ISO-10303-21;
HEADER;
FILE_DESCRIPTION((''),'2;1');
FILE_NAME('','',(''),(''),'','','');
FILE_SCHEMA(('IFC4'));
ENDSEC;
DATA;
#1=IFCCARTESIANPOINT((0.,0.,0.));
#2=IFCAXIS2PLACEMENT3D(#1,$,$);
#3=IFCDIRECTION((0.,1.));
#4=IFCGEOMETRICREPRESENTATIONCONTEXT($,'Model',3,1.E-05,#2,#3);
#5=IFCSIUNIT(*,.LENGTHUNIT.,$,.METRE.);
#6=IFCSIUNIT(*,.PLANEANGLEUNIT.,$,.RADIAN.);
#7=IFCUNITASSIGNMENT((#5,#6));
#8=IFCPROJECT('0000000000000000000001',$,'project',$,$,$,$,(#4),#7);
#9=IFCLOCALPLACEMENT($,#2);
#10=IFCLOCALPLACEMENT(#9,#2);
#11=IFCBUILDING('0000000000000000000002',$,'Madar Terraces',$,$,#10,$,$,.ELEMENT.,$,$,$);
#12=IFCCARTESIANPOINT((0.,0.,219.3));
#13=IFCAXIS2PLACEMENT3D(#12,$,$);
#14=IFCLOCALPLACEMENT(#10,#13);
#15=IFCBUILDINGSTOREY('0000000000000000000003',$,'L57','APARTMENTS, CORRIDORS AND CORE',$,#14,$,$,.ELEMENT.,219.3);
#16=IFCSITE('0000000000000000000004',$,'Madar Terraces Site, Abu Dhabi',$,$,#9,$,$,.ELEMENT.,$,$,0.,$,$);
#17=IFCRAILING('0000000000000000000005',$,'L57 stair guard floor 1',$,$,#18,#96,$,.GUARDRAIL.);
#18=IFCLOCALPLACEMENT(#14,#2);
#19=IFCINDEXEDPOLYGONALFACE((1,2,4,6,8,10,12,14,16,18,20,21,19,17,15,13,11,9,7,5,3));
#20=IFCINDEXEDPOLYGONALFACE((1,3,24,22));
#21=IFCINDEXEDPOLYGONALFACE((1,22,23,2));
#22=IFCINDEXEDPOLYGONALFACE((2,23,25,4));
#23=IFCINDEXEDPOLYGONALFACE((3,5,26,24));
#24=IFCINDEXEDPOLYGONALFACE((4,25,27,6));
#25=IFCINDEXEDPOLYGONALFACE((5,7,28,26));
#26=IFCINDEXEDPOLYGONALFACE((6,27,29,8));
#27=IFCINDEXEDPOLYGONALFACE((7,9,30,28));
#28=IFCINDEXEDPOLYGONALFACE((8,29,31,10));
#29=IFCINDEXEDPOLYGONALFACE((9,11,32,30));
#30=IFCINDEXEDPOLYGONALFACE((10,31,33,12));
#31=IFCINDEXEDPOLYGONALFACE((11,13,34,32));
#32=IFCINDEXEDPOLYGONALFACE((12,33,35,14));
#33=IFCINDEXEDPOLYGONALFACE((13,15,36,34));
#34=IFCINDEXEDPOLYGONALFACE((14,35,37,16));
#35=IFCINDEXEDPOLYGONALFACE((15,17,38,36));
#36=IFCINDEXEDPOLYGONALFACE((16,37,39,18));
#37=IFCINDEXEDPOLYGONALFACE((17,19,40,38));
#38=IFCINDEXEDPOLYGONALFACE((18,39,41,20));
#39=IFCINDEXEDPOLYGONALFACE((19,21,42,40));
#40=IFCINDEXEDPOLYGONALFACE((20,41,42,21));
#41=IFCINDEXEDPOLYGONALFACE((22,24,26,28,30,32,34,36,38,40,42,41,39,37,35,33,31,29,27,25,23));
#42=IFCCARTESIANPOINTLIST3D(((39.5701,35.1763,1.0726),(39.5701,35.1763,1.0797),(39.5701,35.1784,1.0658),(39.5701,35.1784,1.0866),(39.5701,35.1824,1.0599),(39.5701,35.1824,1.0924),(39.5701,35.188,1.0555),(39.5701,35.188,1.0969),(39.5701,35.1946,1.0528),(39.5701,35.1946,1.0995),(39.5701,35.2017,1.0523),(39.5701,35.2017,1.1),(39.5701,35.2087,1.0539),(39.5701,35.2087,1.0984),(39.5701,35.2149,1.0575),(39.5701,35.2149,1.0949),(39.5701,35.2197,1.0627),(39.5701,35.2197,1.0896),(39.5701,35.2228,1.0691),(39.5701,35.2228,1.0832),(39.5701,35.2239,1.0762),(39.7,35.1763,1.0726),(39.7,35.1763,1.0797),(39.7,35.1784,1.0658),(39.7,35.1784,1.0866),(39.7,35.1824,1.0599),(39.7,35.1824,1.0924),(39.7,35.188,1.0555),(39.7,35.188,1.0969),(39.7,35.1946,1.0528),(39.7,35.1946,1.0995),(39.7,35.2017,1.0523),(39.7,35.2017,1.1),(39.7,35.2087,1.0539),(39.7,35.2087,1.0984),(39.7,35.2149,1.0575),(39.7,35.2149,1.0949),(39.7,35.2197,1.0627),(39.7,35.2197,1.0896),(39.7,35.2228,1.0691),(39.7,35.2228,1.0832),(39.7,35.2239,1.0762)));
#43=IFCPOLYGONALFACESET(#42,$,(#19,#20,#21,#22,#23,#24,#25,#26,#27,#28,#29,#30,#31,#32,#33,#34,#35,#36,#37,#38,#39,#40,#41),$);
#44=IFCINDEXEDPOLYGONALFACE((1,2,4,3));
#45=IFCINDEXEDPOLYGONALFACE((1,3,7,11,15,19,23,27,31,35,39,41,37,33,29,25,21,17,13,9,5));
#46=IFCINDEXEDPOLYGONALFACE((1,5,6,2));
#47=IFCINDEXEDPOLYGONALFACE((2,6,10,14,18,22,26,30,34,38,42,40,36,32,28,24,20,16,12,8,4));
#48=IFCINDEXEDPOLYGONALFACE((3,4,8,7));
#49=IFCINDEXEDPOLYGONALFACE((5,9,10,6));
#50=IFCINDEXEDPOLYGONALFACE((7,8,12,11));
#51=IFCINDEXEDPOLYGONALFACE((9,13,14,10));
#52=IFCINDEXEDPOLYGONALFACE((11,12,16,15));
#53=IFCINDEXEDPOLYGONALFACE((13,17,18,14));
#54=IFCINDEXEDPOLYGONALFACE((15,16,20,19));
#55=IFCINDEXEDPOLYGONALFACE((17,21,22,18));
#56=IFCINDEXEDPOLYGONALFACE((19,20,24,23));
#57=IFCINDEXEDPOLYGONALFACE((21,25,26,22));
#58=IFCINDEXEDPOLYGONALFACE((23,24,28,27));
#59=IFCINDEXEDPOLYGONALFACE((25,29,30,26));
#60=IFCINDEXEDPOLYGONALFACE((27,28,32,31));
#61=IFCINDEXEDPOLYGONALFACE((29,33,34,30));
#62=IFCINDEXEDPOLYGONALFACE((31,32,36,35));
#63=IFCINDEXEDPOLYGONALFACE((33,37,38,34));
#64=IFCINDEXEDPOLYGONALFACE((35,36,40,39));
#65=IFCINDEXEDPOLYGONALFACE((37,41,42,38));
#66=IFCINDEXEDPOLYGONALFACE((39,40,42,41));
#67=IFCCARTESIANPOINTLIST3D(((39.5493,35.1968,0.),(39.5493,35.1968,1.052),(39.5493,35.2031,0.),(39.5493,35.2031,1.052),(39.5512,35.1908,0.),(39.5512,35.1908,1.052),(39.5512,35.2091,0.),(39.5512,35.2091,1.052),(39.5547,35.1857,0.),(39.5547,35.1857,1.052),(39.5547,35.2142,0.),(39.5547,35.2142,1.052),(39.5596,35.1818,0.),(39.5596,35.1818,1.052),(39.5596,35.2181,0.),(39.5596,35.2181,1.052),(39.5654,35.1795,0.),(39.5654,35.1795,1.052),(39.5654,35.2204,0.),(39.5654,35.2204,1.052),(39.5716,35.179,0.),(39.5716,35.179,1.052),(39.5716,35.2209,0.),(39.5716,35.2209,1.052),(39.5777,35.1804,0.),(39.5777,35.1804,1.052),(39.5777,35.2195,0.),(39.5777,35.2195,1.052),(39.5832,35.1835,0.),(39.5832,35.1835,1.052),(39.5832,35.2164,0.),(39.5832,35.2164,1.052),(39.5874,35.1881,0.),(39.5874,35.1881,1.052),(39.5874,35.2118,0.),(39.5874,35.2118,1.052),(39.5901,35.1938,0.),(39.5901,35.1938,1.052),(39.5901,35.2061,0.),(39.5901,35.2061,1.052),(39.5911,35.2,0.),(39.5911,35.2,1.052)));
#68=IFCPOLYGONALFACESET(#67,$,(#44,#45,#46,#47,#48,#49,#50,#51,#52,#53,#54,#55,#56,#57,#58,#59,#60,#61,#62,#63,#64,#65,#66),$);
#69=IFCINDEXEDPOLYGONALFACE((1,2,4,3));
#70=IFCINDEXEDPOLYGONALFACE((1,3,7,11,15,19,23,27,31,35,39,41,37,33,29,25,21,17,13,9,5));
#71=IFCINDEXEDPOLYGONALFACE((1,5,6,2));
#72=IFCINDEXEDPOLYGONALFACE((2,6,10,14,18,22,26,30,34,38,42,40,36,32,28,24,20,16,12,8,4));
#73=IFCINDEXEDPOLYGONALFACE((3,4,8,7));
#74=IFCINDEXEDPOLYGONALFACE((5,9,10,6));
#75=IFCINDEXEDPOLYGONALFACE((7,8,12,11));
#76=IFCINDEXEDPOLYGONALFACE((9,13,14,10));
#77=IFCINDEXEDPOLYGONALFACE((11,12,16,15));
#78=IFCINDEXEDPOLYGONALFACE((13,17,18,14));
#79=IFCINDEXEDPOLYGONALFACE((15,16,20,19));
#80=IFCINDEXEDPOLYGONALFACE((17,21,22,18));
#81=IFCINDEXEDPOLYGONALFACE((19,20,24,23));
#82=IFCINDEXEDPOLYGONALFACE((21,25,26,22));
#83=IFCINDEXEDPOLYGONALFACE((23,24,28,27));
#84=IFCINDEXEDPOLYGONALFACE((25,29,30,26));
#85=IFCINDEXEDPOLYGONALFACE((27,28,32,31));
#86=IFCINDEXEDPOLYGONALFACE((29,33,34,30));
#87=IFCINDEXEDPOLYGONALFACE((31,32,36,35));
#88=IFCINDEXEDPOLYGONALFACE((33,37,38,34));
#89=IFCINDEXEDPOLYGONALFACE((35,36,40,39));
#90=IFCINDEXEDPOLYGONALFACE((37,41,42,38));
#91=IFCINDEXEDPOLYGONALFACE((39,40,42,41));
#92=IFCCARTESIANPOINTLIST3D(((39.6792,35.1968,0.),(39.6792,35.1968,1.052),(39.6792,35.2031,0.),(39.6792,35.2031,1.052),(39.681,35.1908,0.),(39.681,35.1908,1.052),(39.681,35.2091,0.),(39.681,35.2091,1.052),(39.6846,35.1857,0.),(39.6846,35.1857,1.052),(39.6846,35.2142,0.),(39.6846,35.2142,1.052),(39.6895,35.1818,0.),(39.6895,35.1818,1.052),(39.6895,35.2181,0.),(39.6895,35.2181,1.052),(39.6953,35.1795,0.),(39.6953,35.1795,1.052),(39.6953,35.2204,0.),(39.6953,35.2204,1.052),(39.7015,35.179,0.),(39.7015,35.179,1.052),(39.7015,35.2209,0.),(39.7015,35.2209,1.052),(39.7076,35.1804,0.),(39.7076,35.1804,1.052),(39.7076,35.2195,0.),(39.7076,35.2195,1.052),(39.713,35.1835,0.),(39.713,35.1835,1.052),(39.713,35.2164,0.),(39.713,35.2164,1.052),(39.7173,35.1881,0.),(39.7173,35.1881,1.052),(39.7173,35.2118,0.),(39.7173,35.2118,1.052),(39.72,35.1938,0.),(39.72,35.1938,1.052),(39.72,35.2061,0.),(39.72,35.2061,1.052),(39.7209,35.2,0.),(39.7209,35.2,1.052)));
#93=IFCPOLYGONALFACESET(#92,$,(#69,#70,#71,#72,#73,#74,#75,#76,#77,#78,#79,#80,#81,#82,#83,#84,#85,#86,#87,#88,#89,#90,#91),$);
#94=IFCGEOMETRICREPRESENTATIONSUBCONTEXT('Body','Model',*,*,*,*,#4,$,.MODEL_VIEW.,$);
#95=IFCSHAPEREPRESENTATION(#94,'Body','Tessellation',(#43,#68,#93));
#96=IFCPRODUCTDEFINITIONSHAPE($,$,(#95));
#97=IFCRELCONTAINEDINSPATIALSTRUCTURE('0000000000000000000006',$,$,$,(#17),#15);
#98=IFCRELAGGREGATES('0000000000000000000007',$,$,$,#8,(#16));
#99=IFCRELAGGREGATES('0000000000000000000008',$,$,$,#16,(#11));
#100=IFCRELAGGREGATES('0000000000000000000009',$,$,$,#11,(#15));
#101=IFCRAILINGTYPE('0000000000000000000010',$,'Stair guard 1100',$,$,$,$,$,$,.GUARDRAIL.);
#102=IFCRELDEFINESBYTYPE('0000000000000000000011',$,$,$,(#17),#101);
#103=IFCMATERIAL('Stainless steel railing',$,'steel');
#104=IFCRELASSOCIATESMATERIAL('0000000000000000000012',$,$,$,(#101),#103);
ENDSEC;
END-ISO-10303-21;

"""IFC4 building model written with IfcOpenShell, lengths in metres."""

from ifc_helpers import new_model, si_unit, direction, frame, origin, origin_2d, place, context, subcontext, project, spatial, circle, extrude, material, type_object, element, save


model = new_model("IFC4")

# Units and contexts
model_context = context("Model", 3, precision=1e-05, world=origin(), true_north=direction((0.0, 1.0)))
body_context = subcontext(model_context, "Body", "Model", "MODEL_VIEW")
ifc_project = project(units=[si_unit("LENGTHUNIT", "METRE"), si_unit("PLANEANGLEUNIT", "RADIAN")], contexts=[model_context])

# Site, building, storey
site_placement = place(None, origin())
site = spatial("IfcSite", under=ifc_project, at=site_placement, Name="Madar Terraces Site, Abu Dhabi", CompositionType="ELEMENT", RefElevation=0.0)
building_placement = place(site_placement, origin())
building = spatial("IfcBuilding", under=site, at=building_placement, Name="Madar Terraces", CompositionType="ELEMENT")
storey_placement = place(building_placement, frame((0.0, 0.0, 219.3)))
storey = spatial("IfcBuildingStorey", under=building, at=storey_placement, Name="L57", Description="APARTMENTS, CORRIDORS AND CORE", CompositionType="ELEMENT", Elevation=219.3)

# Railing
ifc_material_1 = material(Name="Stainless steel railing", Category="steel")
railing_type_1 = type_object("IfcRailingType", Name="Stair guard 1100", PredefinedType="GUARDRAIL", material=ifc_material_1)
railing_1_placement = place(storey_placement, frame((39.5701, 35.2, 0.0)))
element("IfcRailing", 1, at=railing_1_placement, inside=storey, type_object=railing_type_1, Name="L57 stair guard floor 1", PredefinedType="GUARDRAIL", context=body_context, shape_type="SweptSolid", body=[
    extrude(circle(Radius=0.0239, at=origin_2d()), frame((0.0, 0.0, 1.0762), z_axis=(1.0, 0.0, 0.0), x_axis=(0.0, 1.0, 0.0)), (0.0, 0.0, 1.0), 0.1299),
    extrude(circle(Radius=0.021, at=origin_2d()), origin(), (0.0, 0.0, 1.0), 1.052),
    extrude(circle(Radius=0.021, at=origin_2d()), frame((0.1299, 0.0, 0.0)), (0.0, 0.0, 1.0), 1.052),
])

save(model, "model.ifc")
